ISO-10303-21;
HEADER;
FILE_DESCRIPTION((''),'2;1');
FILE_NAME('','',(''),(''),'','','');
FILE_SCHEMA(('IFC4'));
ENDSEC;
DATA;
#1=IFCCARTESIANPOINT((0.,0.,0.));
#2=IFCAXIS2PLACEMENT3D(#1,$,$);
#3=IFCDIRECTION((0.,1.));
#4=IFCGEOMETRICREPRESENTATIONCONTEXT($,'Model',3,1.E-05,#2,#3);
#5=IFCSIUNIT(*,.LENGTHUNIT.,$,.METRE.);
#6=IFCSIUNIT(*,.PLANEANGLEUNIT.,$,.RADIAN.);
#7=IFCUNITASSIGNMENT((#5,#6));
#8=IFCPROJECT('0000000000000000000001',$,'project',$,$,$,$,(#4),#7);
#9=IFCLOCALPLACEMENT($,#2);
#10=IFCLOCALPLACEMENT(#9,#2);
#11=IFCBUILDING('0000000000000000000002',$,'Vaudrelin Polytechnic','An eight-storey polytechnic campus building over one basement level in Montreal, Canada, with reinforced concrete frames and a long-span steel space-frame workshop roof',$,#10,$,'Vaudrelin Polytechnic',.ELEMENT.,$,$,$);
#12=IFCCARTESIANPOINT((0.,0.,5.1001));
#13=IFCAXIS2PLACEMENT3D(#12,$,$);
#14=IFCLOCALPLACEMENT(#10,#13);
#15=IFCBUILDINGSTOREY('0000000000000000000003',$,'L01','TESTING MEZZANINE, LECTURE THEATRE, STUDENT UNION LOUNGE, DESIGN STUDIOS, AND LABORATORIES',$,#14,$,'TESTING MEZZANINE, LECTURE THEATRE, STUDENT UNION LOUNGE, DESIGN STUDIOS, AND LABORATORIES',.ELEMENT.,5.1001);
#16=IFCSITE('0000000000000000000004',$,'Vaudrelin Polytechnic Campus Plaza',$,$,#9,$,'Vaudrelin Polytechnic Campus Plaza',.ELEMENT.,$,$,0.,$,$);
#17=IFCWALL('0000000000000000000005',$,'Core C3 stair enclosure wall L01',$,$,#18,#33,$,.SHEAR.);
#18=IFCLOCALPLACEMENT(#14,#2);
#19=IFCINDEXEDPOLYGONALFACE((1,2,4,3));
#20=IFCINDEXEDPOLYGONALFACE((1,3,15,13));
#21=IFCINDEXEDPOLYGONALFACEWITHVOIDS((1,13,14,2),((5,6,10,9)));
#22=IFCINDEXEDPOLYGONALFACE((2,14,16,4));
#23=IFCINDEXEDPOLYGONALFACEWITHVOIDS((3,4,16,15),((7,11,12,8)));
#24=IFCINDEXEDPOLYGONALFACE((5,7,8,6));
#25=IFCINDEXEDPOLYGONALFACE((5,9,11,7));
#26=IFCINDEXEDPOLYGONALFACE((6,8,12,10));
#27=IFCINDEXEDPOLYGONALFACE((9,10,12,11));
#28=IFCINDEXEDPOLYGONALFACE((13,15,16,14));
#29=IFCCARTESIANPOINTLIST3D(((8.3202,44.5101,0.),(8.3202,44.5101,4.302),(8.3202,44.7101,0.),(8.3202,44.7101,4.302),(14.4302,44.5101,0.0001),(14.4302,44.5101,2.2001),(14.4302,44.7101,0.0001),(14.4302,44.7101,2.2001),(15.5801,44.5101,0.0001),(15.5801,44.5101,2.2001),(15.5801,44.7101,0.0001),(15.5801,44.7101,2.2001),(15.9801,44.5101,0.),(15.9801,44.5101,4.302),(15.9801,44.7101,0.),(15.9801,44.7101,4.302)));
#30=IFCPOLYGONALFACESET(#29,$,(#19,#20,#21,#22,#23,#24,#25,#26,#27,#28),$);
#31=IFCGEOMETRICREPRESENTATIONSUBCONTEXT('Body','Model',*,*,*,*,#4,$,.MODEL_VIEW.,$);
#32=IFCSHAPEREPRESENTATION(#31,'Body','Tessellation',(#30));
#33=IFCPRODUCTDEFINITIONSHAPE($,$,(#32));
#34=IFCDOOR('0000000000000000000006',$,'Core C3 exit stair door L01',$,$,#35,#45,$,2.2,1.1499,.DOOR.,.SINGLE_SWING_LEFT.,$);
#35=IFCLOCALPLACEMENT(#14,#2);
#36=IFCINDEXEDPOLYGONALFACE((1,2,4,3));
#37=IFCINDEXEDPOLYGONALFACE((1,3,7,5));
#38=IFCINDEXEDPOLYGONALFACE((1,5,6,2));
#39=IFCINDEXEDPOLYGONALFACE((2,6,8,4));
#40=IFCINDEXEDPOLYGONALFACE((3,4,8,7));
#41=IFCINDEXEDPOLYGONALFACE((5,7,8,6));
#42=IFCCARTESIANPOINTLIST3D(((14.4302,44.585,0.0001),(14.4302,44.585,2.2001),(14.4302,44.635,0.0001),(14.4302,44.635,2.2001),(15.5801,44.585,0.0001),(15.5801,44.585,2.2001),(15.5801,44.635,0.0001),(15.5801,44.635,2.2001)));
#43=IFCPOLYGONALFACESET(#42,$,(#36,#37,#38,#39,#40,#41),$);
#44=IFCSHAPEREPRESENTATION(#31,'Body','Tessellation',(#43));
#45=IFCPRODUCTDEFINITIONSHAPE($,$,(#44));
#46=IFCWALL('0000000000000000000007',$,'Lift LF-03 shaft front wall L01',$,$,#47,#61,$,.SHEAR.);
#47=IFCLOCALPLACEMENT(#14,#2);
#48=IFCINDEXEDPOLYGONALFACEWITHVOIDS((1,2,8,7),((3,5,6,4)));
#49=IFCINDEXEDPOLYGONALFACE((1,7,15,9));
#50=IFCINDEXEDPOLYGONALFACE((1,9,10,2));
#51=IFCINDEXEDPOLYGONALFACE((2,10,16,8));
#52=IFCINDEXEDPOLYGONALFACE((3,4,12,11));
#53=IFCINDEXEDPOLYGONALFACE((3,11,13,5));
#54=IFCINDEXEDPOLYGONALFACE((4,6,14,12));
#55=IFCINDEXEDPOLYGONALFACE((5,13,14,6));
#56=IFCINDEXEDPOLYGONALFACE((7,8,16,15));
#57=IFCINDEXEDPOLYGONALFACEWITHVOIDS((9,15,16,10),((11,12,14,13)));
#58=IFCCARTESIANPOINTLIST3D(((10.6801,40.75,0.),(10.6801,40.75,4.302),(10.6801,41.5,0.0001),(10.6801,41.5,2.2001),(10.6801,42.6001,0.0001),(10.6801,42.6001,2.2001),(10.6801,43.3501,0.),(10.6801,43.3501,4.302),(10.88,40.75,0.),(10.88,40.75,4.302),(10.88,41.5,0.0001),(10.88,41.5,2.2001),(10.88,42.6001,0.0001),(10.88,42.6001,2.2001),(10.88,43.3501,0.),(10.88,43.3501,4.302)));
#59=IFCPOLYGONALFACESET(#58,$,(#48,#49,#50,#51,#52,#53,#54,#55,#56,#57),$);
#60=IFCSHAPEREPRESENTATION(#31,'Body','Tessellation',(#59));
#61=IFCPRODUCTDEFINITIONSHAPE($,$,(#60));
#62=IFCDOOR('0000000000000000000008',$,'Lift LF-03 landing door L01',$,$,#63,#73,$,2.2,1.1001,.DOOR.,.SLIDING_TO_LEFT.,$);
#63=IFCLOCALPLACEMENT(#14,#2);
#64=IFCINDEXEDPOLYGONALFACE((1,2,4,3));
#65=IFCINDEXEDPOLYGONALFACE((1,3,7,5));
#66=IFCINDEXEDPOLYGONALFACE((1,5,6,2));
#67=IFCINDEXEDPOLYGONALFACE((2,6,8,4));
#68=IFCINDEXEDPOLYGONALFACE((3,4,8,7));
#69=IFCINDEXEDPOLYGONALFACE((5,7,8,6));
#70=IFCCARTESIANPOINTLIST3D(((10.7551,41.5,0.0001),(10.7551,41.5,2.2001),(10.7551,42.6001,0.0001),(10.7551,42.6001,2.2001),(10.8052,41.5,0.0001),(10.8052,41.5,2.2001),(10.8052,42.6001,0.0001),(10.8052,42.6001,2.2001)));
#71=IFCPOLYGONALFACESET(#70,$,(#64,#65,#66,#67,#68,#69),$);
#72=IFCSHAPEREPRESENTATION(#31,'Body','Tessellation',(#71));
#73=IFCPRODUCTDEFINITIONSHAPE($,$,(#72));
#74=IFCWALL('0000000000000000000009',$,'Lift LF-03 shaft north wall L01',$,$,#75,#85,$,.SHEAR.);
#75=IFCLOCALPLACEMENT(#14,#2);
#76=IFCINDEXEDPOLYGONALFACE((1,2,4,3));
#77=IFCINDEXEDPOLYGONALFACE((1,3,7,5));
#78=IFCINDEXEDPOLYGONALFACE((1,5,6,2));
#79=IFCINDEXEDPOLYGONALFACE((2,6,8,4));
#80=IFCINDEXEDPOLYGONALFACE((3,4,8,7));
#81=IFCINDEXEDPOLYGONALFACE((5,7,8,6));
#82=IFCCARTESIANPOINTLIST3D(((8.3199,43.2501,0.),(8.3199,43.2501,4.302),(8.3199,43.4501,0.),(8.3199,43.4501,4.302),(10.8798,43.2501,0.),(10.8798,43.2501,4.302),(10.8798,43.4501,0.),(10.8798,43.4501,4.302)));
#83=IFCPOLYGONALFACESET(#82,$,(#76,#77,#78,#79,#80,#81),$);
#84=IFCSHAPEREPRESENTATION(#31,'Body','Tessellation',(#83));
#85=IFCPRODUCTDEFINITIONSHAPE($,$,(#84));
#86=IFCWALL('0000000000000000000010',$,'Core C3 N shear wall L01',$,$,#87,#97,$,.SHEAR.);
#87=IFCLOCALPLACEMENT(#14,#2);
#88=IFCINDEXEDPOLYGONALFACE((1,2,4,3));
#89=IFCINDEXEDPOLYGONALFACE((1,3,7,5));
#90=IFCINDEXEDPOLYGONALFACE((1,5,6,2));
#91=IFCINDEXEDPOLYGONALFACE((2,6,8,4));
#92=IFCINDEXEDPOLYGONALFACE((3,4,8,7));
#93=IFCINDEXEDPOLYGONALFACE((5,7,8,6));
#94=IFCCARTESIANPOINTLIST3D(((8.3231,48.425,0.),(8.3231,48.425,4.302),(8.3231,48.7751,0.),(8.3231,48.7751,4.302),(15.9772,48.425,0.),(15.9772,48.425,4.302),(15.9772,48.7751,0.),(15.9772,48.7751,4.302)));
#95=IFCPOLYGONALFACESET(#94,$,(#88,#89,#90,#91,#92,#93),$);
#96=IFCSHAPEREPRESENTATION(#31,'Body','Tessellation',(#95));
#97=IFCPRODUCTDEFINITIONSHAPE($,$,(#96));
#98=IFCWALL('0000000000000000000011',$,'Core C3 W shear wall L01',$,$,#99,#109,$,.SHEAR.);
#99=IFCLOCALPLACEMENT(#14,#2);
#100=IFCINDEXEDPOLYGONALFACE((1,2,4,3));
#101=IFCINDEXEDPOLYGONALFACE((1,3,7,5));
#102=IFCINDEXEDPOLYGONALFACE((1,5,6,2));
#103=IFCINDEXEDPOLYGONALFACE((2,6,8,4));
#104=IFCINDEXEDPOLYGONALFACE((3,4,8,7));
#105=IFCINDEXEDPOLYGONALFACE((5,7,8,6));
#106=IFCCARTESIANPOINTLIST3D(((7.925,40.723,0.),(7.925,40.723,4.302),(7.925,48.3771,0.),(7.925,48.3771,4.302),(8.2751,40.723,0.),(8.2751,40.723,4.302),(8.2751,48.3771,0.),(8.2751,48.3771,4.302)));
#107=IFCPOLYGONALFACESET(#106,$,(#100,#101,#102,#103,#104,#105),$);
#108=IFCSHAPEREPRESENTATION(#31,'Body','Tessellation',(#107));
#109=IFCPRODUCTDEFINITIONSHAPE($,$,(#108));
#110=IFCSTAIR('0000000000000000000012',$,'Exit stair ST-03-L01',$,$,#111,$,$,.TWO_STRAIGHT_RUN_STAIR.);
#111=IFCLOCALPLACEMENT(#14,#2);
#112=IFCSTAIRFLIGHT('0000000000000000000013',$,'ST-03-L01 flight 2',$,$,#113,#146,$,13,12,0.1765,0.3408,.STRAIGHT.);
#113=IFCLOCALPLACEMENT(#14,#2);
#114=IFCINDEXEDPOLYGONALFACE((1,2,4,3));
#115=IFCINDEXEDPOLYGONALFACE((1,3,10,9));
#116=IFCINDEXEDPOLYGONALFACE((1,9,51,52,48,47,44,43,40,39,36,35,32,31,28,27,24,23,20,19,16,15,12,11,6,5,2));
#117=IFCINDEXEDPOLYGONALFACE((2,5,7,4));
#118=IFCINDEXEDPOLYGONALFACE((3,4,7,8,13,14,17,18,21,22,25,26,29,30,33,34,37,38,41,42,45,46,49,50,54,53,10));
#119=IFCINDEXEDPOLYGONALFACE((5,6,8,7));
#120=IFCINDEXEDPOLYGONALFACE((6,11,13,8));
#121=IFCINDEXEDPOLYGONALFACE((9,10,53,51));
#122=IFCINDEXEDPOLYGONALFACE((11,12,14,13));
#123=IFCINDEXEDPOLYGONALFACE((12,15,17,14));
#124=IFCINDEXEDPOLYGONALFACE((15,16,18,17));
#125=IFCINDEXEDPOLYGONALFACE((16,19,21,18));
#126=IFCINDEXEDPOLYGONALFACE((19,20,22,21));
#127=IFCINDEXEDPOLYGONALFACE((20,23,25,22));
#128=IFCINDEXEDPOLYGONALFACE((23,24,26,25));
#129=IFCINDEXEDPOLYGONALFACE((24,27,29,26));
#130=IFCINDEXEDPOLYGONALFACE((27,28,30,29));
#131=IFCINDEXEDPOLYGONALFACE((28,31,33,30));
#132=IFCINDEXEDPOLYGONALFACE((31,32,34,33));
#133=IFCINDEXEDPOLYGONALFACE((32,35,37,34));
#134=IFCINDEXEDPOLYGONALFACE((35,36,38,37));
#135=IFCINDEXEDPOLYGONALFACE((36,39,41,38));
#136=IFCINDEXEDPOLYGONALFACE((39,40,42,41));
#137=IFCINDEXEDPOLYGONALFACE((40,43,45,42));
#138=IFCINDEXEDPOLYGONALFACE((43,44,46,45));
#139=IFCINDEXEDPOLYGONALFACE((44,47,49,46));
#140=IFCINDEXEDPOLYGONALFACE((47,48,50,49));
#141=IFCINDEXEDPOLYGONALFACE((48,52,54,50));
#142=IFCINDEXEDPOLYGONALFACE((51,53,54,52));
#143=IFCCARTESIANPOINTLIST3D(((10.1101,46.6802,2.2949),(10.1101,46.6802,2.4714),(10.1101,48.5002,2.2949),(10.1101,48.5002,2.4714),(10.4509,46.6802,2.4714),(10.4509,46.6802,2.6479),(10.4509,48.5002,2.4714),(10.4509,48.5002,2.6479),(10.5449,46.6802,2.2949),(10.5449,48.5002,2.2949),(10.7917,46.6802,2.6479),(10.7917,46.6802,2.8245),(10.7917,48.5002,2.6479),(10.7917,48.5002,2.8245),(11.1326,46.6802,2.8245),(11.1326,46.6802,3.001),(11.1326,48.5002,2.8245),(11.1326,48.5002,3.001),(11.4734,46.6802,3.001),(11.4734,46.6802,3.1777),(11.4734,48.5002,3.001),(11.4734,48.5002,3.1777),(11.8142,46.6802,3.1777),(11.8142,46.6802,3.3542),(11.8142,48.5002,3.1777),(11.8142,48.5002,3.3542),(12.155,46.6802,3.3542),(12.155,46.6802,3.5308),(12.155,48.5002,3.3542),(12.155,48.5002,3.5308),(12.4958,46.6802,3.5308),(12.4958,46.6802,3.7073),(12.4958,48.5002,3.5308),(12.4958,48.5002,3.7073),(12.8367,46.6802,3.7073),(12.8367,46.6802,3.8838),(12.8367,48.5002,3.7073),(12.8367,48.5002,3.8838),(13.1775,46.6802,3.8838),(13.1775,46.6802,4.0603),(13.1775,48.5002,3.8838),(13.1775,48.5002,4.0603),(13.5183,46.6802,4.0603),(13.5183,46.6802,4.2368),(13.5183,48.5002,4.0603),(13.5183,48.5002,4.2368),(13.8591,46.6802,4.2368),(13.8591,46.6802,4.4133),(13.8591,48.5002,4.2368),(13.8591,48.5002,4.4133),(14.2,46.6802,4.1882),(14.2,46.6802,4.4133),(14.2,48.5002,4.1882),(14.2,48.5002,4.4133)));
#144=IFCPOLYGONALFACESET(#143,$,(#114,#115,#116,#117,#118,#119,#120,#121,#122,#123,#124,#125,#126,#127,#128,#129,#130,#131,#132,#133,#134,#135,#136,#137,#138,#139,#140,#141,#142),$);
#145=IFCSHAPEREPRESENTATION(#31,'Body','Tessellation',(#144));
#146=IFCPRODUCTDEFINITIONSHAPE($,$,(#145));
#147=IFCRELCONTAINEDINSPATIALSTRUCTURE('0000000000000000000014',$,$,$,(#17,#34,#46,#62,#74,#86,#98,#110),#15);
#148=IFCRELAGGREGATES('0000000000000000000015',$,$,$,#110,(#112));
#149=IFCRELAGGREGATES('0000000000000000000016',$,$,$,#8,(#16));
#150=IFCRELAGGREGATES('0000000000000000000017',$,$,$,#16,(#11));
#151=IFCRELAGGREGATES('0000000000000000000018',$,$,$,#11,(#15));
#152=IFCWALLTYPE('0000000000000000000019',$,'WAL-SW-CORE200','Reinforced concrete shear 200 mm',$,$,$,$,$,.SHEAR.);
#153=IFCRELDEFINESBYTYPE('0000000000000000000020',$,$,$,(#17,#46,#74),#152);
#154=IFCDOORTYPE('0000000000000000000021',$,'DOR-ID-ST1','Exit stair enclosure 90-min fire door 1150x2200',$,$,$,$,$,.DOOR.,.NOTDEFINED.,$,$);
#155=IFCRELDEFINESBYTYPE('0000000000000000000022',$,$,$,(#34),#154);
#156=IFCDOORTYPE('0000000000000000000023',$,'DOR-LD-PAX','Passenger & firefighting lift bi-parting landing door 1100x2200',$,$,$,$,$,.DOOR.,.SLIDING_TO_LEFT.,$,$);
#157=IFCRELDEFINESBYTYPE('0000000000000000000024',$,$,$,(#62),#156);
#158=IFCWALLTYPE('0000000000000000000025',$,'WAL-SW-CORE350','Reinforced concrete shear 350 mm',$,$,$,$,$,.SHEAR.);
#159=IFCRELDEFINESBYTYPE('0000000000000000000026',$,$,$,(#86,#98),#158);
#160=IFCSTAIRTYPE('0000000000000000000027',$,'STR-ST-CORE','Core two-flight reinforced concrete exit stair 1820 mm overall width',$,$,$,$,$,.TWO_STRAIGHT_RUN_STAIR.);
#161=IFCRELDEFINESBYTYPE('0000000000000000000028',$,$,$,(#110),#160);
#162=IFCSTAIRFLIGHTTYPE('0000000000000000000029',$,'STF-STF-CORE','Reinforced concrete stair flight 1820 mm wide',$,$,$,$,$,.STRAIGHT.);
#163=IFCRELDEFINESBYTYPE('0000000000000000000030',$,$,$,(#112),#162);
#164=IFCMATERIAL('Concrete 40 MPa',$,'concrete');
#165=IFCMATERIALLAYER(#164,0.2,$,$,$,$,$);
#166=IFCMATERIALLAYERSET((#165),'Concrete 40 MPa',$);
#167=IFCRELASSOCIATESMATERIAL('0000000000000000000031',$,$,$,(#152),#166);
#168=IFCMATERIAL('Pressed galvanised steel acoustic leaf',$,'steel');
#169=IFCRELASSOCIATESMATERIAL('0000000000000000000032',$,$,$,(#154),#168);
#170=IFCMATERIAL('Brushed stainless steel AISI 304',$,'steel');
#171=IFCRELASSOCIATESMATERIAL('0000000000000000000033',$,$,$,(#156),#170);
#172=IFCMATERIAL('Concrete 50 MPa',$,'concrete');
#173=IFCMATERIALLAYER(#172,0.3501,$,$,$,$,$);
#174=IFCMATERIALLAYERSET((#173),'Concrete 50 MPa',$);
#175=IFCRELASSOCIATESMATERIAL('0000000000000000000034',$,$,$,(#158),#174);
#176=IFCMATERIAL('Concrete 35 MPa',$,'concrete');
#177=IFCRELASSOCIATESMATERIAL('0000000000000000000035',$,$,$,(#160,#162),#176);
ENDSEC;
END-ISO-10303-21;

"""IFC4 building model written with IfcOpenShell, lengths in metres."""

from ifc_helpers import new_model, si_unit, direction, frame, frame_2d, origin, place, context, subcontext, project, spatial, polyline, rectangle, outline, extrude, material, layer, layer_set, type_object, element, fill, aggregate, save


model = new_model("IFC4")

# Units and contexts
model_context = context("Model", 3, precision=1e-05, world=origin(), true_north=direction((0.0, 1.0)))
body_context = subcontext(model_context, "Body", "Model", "MODEL_VIEW")
ifc_project = project(units=[si_unit("LENGTHUNIT", "METRE"), si_unit("PLANEANGLEUNIT", "RADIAN")], contexts=[model_context])

# Site, building, storey
site_placement = place(None, origin())
site = spatial("IfcSite", under=ifc_project, at=site_placement, Name="Vaudrelin Polytechnic Campus Plaza", LongName="Vaudrelin Polytechnic Campus Plaza", CompositionType="ELEMENT", RefElevation=0.0)
building_placement = place(site_placement, origin())
building = spatial("IfcBuilding", under=site, at=building_placement, Name="Vaudrelin Polytechnic", Description="An eight-storey polytechnic campus building over one basement level in Montreal, Canada, with reinforced concrete frames and a long-span steel space-frame workshop roof", LongName="Vaudrelin Polytechnic", CompositionType="ELEMENT")
storey_placement = place(building_placement, frame((0.0, 0.0, 5.1001)))
storey = spatial("IfcBuildingStorey", under=building, at=storey_placement, Name="L01", Description="TESTING MEZZANINE, LECTURE THEATRE, STUDENT UNION LOUNGE, DESIGN STUDIOS, AND LABORATORIES", LongName="TESTING MEZZANINE, LECTURE THEATRE, STUDENT UNION LOUNGE, DESIGN STUDIOS, AND LABORATORIES", CompositionType="ELEMENT", Elevation=5.1001)

# Shared definitions
ifc_material_1 = material(Name="Concrete 40 MPa", Category="concrete")

# Walls, openings, doors
ifc_material_2 = material(Name="Pressed galvanised steel acoustic leaf", Category="steel")
ifc_layer_1 = layer(ifc_material_1, 0.2)
ifc_layer_set_1 = layer_set([ifc_layer_1], Name="Concrete 40 MPa")
wall_type_1 = type_object("IfcWallType", Name="WAL-SW-CORE200", Description="Reinforced concrete shear 200 mm", PredefinedType="SHEAR", material=ifc_layer_set_1)
wall_1_placement = place(storey_placement, frame((8.3201, 44.6101, 0.0), z_axis=(0.0, 0.0, 1.0), x_axis=(1.0, 0.0, 0.0)))
wall_1 = element("IfcWall", 1, at=wall_1_placement, inside=storey, type_object=wall_type_1, Name="Core C3 stair enclosure wall L01", PredefinedType="SHEAR", context=body_context, shape_type="SweptSolid", body=[
    extrude(rectangle(XDim=7.6599, YDim=0.2, at=frame_2d((3.8301, 0.0))), origin(), (0.0, 0.0, 1.0), 4.302),
])
opening_1_placement = place(wall_1_placement, frame((6.1101, 0.0, 0.0)))
opening_1 = element("IfcOpeningElement", 2, at=opening_1_placement, cuts=wall_1, PredefinedType="OPENING", context=body_context, shape_type="SweptSolid", body=[
    extrude(rectangle(XDim=1.1499, YDim=2.2, at=frame_2d((0.575, 1.1001))), frame((0.0, 0.1099, 0.0), z_axis=(0.0, -1.0, 0.0), x_axis=(1.0, 0.0, 0.0)), (0.0, 0.0, 1.0), 0.22),
])
door_type_1 = type_object("IfcDoorType", Name="DOR-ID-ST1", Description="Exit stair enclosure 90-min fire door 1150x2200", OperationType="NOTDEFINED", PredefinedType="DOOR", material=ifc_material_2)
door_1_placement = place(opening_1_placement, origin())
door_1 = element("IfcDoor", 3, at=door_1_placement, inside=storey, type_object=door_type_1, Name="Core C3 exit stair door L01", OperationType="SINGLE_SWING_LEFT", OverallHeight=2.2, OverallWidth=1.1499, PredefinedType="DOOR", context=body_context, shape_type="SweptSolid", body=[
    extrude(rectangle(XDim=1.1499, YDim=2.2, at=frame_2d((0.575, 1.1001))), frame((0.0, 0.0249, 0.0), z_axis=(0.0, -1.0, 0.0), x_axis=(1.0, 0.0, 0.0)), (0.0, 0.0, 1.0), 0.05),
])
fill(opening_1, door_1)
wall_2_placement = place(storey_placement, frame((10.78, 40.75, 0.0), z_axis=(0.0, 0.0, 1.0), x_axis=(0.0, 1.0, 0.0)))
wall_2 = element("IfcWall", 4, at=wall_2_placement, inside=storey, type_object=wall_type_1, Name="Lift LF-03 shaft front wall L01", PredefinedType="SHEAR", context=body_context, shape_type="SweptSolid", body=[
    extrude(rectangle(XDim=2.6001, YDim=0.2, at=frame_2d((1.3, 0.0))), origin(), (0.0, 0.0, 1.0), 4.302),
])
opening_2_placement = place(wall_2_placement, frame((0.75, 0.0, 0.0)))
opening_2 = element("IfcOpeningElement", 5, at=opening_2_placement, cuts=wall_2, PredefinedType="OPENING", context=body_context, shape_type="SweptSolid", body=[
    extrude(rectangle(XDim=1.1001, YDim=2.2, at=frame_2d((0.55, 1.1001))), frame((0.0, 0.1099, 0.0), z_axis=(0.0, -1.0, 0.0), x_axis=(1.0, 0.0, 0.0)), (0.0, 0.0, 1.0), 0.22),
])
ifc_material_3 = material(Name="Brushed stainless steel AISI 304", Category="steel")
door_type_2 = type_object("IfcDoorType", Name="DOR-LD-PAX", Description="Passenger & firefighting lift bi-parting landing door 1100x2200", OperationType="SLIDING_TO_LEFT", PredefinedType="DOOR", material=ifc_material_3)
door_2_placement = place(opening_2_placement, origin())
door_2 = element("IfcDoor", 6, at=door_2_placement, inside=storey, type_object=door_type_2, Name="Lift LF-03 landing door L01", OperationType="SLIDING_TO_LEFT", OverallHeight=2.2, OverallWidth=1.1001, PredefinedType="DOOR", context=body_context, shape_type="SweptSolid", body=[
    extrude(rectangle(XDim=1.1001, YDim=2.2, at=frame_2d((0.55, 1.1001))), frame((0.0, 0.0249, 0.0), z_axis=(0.0, -1.0, 0.0), x_axis=(1.0, 0.0, 0.0)), (0.0, 0.0, 1.0), 0.05),
])
fill(opening_2, door_2)

# Walls
wall_3_placement = place(storey_placement, frame((8.3201, 43.3501, 0.0), z_axis=(0.0, 0.0, 1.0), x_axis=(1.0, 0.0, 0.0)))
element("IfcWall", 7, at=wall_3_placement, inside=storey, type_object=wall_type_1, Name="Lift LF-03 shaft north wall L01", PredefinedType="SHEAR", context=body_context, shape_type="SweptSolid", body=[
    extrude(rectangle(XDim=2.5598, YDim=0.2, at=frame_2d((1.2798, 0.0))), origin(), (0.0, 0.0, 1.0), 4.302),
])
ifc_material_4 = material(Name="Concrete 50 MPa", Category="concrete")
ifc_layer_2 = layer(ifc_material_4, 0.3501)
ifc_layer_set_2 = layer_set([ifc_layer_2], Name="Concrete 50 MPa")
wall_type_2 = type_object("IfcWallType", Name="WAL-SW-CORE350", Description="Reinforced concrete shear 350 mm", PredefinedType="SHEAR", material=ifc_layer_set_2)
for number, where, z_axis, x_axis, name in (
    (8, (8.323, 48.6001, 0.0), (0.0, 0.0, 1.0), (1.0, 0.0, 0.0), "Core C3 N shear wall L01"),
    (9, (8.1001, 40.7229, 0.0), (0.0, 0.0, 1.0), (0.0, 1.0, 0.0), "Core C3 W shear wall L01"),
):
    element("IfcWall", number, at=place(storey_placement, frame(where, z_axis=z_axis, x_axis=x_axis)), inside=storey, type_object=wall_type_2, Name=name, PredefinedType="SHEAR", context=body_context, shape_type="SweptSolid", body=[
        extrude(rectangle(XDim=7.6541, YDim=0.3501, at=frame_2d((3.8271, 0.0))), origin(), (0.0, 0.0, 1.0), 4.302),
    ])

# Stair, stair flight
ifc_material_5 = material(Name="Concrete 35 MPa", Category="concrete")
stair_type = type_object("IfcStairType", Name="STR-ST-CORE", Description="Core two-flight reinforced concrete exit stair 1820 mm overall width", PredefinedType="TWO_STRAIGHT_RUN_STAIR", material=ifc_material_5)
stair_placement = place(storey_placement, origin())
stair = element("IfcStair", 10, at=stair_placement, inside=storey, type_object=stair_type, Name="Exit stair ST-03-L01", PredefinedType="TWO_STRAIGHT_RUN_STAIR")
stair_flight_type = type_object("IfcStairFlightType", Name="STF-STF-CORE", Description="Reinforced concrete stair flight 1820 mm wide", PredefinedType="STRAIGHT", material=ifc_material_5)
stair_flight_placement = place(storey_placement, frame((10.1101, 47.5901, 2.2949), z_axis=(0.0, 0.0, 1.0), x_axis=(1.0, 0.0, 0.0)))
stair_flight = element("IfcStairFlight", 11, at=stair_flight_placement, type_object=stair_flight_type, Name="ST-03-L01 flight 2", NumberOfRisers=13, NumberOfTreads=12, PredefinedType="STRAIGHT", RiserHeight=0.1765, TreadLength=0.3408, context=body_context, shape_type="SweptSolid", body=[
    extrude(outline(polyline([(0.0, 0.0), (0.0, 0.1765), (0.3408, 0.1765), (0.3408, 0.353), (0.6816, 0.353), (0.6816, 0.5295), (1.0225, 0.5295), (1.0225, 0.7061), (1.3633, 0.7061), (1.3633, 0.8828), (1.7041, 0.8828), (1.7041, 1.0593), (2.0449, 1.0593), (2.0449, 1.2358), (2.3857, 1.2358), (2.3857, 1.4124), (2.7266, 1.4124), (2.7266, 1.5889), (3.0674, 1.5889), (3.0674, 1.7654), (3.4082, 1.7654), (3.4082, 1.9419), (3.749, 1.9419), (3.749, 2.1184), (4.0898, 2.1184), (4.0898, 2.2949), (4.0898, 1.8933), (0.4348, 0.0), (0.0, 0.0)])), frame((0.0, 0.9102, 0.0), z_axis=(0.0, -1.0, 0.0), x_axis=(1.0, 0.0, 0.0)), (0.0, 0.0, 1.0), 1.8201),
])
aggregate(stair, [stair_flight])

save(model, "model.ifc")
